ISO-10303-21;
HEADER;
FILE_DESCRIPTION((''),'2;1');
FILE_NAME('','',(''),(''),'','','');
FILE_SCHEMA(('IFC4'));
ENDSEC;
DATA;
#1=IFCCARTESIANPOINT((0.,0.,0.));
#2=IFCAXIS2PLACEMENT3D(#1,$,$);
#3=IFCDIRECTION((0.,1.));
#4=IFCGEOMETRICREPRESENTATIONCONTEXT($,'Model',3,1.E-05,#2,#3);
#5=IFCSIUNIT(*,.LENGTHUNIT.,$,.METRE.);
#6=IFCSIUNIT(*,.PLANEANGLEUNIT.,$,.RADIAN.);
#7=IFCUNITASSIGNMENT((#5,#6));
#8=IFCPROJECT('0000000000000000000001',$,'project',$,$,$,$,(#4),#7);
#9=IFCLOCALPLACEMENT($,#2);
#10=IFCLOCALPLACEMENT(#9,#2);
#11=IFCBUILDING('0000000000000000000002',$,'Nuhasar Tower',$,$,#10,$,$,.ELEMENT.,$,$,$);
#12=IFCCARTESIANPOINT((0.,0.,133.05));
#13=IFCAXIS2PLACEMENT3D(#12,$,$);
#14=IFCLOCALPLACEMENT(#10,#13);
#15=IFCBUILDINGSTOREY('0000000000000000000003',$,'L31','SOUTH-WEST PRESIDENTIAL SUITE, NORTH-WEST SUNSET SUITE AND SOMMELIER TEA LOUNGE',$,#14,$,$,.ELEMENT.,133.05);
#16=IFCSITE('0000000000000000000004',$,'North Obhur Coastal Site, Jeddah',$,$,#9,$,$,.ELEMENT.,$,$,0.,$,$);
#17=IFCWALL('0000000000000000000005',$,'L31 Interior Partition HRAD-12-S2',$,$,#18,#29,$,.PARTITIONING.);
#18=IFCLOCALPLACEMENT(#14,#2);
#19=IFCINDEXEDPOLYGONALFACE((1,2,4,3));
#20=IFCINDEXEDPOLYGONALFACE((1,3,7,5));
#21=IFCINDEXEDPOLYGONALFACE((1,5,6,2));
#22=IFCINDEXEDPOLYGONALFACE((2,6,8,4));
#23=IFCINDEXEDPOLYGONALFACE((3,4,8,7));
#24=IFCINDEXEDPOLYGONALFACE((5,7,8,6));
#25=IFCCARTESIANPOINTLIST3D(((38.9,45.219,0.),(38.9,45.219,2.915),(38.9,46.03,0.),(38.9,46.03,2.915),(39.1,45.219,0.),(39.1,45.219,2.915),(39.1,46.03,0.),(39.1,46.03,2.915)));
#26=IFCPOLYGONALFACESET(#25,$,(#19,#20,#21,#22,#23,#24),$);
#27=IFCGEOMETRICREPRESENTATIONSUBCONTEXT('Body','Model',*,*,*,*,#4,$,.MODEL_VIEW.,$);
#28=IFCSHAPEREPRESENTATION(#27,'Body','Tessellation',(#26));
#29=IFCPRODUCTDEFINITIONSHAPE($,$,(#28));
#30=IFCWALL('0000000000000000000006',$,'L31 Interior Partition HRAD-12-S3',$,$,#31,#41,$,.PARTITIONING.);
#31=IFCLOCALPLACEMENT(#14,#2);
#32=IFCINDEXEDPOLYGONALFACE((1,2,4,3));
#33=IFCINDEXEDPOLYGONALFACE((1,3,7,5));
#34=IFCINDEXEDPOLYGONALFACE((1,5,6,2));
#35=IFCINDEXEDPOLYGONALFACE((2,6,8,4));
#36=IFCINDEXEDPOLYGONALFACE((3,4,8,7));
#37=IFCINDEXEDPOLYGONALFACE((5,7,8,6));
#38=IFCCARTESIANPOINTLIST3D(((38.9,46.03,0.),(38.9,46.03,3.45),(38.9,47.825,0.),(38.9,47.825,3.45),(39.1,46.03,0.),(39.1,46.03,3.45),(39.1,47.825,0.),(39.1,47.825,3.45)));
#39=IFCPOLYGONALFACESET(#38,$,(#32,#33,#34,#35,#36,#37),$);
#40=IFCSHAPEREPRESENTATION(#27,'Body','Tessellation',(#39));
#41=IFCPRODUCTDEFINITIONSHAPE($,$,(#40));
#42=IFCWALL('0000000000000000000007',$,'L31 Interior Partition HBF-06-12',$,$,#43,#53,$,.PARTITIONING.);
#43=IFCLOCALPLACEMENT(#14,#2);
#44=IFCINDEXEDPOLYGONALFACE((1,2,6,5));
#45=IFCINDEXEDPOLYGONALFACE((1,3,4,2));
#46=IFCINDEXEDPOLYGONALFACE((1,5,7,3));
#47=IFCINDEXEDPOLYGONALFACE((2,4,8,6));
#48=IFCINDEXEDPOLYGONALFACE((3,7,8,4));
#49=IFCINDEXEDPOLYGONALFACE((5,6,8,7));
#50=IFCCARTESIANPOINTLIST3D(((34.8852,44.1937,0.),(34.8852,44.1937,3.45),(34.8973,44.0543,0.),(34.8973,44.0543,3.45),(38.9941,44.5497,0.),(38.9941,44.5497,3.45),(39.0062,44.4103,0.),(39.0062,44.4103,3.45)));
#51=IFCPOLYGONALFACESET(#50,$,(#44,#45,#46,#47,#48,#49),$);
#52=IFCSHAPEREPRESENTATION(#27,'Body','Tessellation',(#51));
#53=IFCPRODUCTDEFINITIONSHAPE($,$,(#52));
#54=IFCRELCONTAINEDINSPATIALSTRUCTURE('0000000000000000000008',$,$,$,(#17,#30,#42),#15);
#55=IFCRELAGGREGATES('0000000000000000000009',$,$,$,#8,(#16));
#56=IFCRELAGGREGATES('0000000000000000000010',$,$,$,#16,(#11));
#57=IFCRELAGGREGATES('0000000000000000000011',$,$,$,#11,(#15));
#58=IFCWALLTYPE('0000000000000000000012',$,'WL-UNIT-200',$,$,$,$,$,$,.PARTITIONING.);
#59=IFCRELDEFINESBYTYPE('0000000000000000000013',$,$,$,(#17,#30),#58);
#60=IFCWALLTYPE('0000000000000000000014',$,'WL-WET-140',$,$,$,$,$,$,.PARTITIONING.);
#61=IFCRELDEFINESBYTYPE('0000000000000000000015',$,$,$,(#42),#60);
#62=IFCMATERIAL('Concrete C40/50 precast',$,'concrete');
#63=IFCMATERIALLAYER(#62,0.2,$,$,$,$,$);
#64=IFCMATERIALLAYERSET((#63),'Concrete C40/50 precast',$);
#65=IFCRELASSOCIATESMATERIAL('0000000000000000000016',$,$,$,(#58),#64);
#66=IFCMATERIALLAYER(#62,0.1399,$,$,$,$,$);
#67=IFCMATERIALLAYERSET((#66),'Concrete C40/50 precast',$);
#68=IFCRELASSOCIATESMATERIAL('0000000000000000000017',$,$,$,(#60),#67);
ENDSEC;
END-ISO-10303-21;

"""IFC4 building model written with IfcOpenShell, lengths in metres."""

from ifc_helpers import new_model, si_unit, direction, frame, frame_2d, origin, place, context, subcontext, project, spatial, rectangle, extrude, material, layer, layer_set, type_object, element, save


model = new_model("IFC4")

# Units and contexts
model_context = context("Model", 3, precision=1e-05, world=origin(), true_north=direction((0.0, 1.0)))
body_context = subcontext(model_context, "Body", "Model", "MODEL_VIEW")
ifc_project = project(units=[si_unit("LENGTHUNIT", "METRE"), si_unit("PLANEANGLEUNIT", "RADIAN")], contexts=[model_context])

# Site, building, storey
site_placement = place(None, origin())
site = spatial("IfcSite", under=ifc_project, at=site_placement, Name="North Obhur Coastal Site, Jeddah", CompositionType="ELEMENT", RefElevation=0.0)
building_placement = place(site_placement, origin())
building = spatial("IfcBuilding", under=site, at=building_placement, Name="Nuhasar Tower", CompositionType="ELEMENT")
storey_placement = place(building_placement, frame((0.0, 0.0, 133.05)))
storey = spatial("IfcBuildingStorey", under=building, at=storey_placement, Name="L31", Description="SOUTH-WEST PRESIDENTIAL SUITE, NORTH-WEST SUNSET SUITE AND SOMMELIER TEA LOUNGE", CompositionType="ELEMENT", Elevation=133.05)

# Walls
ifc_material_1 = material(Name="Concrete C40/50 precast", Category="concrete")
ifc_layer_1 = layer(ifc_material_1, 0.2)
ifc_layer_set_1 = layer_set([ifc_layer_1], Name="Concrete C40/50 precast")
wall_type_1 = type_object("IfcWallType", Name="WL-UNIT-200", PredefinedType="PARTITIONING", material=ifc_layer_set_1)
wall_1_placement = place(storey_placement, frame((39.0, 45.219, 0.0), z_axis=(0.0, 0.0, 1.0), x_axis=(0.0, 1.0, 0.0)))
element("IfcWall", 1, at=wall_1_placement, inside=storey, type_object=wall_type_1, Name="L31 Interior Partition HRAD-12-S2", PredefinedType="PARTITIONING", context=body_context, shape_type="SweptSolid", body=[
    extrude(rectangle(XDim=0.811, YDim=0.2, at=frame_2d((0.4055, 0.0))), origin(), (0.0, 0.0, 1.0), 2.915),
])
wall_2_placement = place(storey_placement, frame((39.0, 46.03, 0.0), z_axis=(0.0, 0.0, 1.0), x_axis=(0.0, 1.0, 0.0)))
element("IfcWall", 2, at=wall_2_placement, inside=storey, type_object=wall_type_1, Name="L31 Interior Partition HRAD-12-S3", PredefinedType="PARTITIONING", context=body_context, shape_type="SweptSolid", body=[
    extrude(rectangle(XDim=1.7949, YDim=0.2, at=frame_2d((0.8975, 0.0))), origin(), (0.0, 0.0, 1.0), 3.45),
])
ifc_layer_2 = layer(ifc_material_1, 0.1399)
ifc_layer_set_2 = layer_set([ifc_layer_2], Name="Concrete C40/50 precast")
wall_type_2 = type_object("IfcWallType", Name="WL-WET-140", PredefinedType="PARTITIONING", material=ifc_layer_set_2)
wall_3_placement = place(storey_placement, frame((39.0, 44.48, 0.0), z_axis=(0.0, 0.0, 1.0), x_axis=(-0.996269, -0.086308, 0.0)))
element("IfcWall", 3, at=wall_3_placement, inside=storey, type_object=wall_type_2, Name="L31 Interior Partition HBF-06-12", PredefinedType="PARTITIONING", context=body_context, shape_type="SweptSolid", body=[
    extrude(rectangle(XDim=4.1243, YDim=0.1399, at=frame_2d((2.062, 0.0))), origin(), (0.0, 0.0, 1.0), 3.45),
])

save(model, "model.ifc")
